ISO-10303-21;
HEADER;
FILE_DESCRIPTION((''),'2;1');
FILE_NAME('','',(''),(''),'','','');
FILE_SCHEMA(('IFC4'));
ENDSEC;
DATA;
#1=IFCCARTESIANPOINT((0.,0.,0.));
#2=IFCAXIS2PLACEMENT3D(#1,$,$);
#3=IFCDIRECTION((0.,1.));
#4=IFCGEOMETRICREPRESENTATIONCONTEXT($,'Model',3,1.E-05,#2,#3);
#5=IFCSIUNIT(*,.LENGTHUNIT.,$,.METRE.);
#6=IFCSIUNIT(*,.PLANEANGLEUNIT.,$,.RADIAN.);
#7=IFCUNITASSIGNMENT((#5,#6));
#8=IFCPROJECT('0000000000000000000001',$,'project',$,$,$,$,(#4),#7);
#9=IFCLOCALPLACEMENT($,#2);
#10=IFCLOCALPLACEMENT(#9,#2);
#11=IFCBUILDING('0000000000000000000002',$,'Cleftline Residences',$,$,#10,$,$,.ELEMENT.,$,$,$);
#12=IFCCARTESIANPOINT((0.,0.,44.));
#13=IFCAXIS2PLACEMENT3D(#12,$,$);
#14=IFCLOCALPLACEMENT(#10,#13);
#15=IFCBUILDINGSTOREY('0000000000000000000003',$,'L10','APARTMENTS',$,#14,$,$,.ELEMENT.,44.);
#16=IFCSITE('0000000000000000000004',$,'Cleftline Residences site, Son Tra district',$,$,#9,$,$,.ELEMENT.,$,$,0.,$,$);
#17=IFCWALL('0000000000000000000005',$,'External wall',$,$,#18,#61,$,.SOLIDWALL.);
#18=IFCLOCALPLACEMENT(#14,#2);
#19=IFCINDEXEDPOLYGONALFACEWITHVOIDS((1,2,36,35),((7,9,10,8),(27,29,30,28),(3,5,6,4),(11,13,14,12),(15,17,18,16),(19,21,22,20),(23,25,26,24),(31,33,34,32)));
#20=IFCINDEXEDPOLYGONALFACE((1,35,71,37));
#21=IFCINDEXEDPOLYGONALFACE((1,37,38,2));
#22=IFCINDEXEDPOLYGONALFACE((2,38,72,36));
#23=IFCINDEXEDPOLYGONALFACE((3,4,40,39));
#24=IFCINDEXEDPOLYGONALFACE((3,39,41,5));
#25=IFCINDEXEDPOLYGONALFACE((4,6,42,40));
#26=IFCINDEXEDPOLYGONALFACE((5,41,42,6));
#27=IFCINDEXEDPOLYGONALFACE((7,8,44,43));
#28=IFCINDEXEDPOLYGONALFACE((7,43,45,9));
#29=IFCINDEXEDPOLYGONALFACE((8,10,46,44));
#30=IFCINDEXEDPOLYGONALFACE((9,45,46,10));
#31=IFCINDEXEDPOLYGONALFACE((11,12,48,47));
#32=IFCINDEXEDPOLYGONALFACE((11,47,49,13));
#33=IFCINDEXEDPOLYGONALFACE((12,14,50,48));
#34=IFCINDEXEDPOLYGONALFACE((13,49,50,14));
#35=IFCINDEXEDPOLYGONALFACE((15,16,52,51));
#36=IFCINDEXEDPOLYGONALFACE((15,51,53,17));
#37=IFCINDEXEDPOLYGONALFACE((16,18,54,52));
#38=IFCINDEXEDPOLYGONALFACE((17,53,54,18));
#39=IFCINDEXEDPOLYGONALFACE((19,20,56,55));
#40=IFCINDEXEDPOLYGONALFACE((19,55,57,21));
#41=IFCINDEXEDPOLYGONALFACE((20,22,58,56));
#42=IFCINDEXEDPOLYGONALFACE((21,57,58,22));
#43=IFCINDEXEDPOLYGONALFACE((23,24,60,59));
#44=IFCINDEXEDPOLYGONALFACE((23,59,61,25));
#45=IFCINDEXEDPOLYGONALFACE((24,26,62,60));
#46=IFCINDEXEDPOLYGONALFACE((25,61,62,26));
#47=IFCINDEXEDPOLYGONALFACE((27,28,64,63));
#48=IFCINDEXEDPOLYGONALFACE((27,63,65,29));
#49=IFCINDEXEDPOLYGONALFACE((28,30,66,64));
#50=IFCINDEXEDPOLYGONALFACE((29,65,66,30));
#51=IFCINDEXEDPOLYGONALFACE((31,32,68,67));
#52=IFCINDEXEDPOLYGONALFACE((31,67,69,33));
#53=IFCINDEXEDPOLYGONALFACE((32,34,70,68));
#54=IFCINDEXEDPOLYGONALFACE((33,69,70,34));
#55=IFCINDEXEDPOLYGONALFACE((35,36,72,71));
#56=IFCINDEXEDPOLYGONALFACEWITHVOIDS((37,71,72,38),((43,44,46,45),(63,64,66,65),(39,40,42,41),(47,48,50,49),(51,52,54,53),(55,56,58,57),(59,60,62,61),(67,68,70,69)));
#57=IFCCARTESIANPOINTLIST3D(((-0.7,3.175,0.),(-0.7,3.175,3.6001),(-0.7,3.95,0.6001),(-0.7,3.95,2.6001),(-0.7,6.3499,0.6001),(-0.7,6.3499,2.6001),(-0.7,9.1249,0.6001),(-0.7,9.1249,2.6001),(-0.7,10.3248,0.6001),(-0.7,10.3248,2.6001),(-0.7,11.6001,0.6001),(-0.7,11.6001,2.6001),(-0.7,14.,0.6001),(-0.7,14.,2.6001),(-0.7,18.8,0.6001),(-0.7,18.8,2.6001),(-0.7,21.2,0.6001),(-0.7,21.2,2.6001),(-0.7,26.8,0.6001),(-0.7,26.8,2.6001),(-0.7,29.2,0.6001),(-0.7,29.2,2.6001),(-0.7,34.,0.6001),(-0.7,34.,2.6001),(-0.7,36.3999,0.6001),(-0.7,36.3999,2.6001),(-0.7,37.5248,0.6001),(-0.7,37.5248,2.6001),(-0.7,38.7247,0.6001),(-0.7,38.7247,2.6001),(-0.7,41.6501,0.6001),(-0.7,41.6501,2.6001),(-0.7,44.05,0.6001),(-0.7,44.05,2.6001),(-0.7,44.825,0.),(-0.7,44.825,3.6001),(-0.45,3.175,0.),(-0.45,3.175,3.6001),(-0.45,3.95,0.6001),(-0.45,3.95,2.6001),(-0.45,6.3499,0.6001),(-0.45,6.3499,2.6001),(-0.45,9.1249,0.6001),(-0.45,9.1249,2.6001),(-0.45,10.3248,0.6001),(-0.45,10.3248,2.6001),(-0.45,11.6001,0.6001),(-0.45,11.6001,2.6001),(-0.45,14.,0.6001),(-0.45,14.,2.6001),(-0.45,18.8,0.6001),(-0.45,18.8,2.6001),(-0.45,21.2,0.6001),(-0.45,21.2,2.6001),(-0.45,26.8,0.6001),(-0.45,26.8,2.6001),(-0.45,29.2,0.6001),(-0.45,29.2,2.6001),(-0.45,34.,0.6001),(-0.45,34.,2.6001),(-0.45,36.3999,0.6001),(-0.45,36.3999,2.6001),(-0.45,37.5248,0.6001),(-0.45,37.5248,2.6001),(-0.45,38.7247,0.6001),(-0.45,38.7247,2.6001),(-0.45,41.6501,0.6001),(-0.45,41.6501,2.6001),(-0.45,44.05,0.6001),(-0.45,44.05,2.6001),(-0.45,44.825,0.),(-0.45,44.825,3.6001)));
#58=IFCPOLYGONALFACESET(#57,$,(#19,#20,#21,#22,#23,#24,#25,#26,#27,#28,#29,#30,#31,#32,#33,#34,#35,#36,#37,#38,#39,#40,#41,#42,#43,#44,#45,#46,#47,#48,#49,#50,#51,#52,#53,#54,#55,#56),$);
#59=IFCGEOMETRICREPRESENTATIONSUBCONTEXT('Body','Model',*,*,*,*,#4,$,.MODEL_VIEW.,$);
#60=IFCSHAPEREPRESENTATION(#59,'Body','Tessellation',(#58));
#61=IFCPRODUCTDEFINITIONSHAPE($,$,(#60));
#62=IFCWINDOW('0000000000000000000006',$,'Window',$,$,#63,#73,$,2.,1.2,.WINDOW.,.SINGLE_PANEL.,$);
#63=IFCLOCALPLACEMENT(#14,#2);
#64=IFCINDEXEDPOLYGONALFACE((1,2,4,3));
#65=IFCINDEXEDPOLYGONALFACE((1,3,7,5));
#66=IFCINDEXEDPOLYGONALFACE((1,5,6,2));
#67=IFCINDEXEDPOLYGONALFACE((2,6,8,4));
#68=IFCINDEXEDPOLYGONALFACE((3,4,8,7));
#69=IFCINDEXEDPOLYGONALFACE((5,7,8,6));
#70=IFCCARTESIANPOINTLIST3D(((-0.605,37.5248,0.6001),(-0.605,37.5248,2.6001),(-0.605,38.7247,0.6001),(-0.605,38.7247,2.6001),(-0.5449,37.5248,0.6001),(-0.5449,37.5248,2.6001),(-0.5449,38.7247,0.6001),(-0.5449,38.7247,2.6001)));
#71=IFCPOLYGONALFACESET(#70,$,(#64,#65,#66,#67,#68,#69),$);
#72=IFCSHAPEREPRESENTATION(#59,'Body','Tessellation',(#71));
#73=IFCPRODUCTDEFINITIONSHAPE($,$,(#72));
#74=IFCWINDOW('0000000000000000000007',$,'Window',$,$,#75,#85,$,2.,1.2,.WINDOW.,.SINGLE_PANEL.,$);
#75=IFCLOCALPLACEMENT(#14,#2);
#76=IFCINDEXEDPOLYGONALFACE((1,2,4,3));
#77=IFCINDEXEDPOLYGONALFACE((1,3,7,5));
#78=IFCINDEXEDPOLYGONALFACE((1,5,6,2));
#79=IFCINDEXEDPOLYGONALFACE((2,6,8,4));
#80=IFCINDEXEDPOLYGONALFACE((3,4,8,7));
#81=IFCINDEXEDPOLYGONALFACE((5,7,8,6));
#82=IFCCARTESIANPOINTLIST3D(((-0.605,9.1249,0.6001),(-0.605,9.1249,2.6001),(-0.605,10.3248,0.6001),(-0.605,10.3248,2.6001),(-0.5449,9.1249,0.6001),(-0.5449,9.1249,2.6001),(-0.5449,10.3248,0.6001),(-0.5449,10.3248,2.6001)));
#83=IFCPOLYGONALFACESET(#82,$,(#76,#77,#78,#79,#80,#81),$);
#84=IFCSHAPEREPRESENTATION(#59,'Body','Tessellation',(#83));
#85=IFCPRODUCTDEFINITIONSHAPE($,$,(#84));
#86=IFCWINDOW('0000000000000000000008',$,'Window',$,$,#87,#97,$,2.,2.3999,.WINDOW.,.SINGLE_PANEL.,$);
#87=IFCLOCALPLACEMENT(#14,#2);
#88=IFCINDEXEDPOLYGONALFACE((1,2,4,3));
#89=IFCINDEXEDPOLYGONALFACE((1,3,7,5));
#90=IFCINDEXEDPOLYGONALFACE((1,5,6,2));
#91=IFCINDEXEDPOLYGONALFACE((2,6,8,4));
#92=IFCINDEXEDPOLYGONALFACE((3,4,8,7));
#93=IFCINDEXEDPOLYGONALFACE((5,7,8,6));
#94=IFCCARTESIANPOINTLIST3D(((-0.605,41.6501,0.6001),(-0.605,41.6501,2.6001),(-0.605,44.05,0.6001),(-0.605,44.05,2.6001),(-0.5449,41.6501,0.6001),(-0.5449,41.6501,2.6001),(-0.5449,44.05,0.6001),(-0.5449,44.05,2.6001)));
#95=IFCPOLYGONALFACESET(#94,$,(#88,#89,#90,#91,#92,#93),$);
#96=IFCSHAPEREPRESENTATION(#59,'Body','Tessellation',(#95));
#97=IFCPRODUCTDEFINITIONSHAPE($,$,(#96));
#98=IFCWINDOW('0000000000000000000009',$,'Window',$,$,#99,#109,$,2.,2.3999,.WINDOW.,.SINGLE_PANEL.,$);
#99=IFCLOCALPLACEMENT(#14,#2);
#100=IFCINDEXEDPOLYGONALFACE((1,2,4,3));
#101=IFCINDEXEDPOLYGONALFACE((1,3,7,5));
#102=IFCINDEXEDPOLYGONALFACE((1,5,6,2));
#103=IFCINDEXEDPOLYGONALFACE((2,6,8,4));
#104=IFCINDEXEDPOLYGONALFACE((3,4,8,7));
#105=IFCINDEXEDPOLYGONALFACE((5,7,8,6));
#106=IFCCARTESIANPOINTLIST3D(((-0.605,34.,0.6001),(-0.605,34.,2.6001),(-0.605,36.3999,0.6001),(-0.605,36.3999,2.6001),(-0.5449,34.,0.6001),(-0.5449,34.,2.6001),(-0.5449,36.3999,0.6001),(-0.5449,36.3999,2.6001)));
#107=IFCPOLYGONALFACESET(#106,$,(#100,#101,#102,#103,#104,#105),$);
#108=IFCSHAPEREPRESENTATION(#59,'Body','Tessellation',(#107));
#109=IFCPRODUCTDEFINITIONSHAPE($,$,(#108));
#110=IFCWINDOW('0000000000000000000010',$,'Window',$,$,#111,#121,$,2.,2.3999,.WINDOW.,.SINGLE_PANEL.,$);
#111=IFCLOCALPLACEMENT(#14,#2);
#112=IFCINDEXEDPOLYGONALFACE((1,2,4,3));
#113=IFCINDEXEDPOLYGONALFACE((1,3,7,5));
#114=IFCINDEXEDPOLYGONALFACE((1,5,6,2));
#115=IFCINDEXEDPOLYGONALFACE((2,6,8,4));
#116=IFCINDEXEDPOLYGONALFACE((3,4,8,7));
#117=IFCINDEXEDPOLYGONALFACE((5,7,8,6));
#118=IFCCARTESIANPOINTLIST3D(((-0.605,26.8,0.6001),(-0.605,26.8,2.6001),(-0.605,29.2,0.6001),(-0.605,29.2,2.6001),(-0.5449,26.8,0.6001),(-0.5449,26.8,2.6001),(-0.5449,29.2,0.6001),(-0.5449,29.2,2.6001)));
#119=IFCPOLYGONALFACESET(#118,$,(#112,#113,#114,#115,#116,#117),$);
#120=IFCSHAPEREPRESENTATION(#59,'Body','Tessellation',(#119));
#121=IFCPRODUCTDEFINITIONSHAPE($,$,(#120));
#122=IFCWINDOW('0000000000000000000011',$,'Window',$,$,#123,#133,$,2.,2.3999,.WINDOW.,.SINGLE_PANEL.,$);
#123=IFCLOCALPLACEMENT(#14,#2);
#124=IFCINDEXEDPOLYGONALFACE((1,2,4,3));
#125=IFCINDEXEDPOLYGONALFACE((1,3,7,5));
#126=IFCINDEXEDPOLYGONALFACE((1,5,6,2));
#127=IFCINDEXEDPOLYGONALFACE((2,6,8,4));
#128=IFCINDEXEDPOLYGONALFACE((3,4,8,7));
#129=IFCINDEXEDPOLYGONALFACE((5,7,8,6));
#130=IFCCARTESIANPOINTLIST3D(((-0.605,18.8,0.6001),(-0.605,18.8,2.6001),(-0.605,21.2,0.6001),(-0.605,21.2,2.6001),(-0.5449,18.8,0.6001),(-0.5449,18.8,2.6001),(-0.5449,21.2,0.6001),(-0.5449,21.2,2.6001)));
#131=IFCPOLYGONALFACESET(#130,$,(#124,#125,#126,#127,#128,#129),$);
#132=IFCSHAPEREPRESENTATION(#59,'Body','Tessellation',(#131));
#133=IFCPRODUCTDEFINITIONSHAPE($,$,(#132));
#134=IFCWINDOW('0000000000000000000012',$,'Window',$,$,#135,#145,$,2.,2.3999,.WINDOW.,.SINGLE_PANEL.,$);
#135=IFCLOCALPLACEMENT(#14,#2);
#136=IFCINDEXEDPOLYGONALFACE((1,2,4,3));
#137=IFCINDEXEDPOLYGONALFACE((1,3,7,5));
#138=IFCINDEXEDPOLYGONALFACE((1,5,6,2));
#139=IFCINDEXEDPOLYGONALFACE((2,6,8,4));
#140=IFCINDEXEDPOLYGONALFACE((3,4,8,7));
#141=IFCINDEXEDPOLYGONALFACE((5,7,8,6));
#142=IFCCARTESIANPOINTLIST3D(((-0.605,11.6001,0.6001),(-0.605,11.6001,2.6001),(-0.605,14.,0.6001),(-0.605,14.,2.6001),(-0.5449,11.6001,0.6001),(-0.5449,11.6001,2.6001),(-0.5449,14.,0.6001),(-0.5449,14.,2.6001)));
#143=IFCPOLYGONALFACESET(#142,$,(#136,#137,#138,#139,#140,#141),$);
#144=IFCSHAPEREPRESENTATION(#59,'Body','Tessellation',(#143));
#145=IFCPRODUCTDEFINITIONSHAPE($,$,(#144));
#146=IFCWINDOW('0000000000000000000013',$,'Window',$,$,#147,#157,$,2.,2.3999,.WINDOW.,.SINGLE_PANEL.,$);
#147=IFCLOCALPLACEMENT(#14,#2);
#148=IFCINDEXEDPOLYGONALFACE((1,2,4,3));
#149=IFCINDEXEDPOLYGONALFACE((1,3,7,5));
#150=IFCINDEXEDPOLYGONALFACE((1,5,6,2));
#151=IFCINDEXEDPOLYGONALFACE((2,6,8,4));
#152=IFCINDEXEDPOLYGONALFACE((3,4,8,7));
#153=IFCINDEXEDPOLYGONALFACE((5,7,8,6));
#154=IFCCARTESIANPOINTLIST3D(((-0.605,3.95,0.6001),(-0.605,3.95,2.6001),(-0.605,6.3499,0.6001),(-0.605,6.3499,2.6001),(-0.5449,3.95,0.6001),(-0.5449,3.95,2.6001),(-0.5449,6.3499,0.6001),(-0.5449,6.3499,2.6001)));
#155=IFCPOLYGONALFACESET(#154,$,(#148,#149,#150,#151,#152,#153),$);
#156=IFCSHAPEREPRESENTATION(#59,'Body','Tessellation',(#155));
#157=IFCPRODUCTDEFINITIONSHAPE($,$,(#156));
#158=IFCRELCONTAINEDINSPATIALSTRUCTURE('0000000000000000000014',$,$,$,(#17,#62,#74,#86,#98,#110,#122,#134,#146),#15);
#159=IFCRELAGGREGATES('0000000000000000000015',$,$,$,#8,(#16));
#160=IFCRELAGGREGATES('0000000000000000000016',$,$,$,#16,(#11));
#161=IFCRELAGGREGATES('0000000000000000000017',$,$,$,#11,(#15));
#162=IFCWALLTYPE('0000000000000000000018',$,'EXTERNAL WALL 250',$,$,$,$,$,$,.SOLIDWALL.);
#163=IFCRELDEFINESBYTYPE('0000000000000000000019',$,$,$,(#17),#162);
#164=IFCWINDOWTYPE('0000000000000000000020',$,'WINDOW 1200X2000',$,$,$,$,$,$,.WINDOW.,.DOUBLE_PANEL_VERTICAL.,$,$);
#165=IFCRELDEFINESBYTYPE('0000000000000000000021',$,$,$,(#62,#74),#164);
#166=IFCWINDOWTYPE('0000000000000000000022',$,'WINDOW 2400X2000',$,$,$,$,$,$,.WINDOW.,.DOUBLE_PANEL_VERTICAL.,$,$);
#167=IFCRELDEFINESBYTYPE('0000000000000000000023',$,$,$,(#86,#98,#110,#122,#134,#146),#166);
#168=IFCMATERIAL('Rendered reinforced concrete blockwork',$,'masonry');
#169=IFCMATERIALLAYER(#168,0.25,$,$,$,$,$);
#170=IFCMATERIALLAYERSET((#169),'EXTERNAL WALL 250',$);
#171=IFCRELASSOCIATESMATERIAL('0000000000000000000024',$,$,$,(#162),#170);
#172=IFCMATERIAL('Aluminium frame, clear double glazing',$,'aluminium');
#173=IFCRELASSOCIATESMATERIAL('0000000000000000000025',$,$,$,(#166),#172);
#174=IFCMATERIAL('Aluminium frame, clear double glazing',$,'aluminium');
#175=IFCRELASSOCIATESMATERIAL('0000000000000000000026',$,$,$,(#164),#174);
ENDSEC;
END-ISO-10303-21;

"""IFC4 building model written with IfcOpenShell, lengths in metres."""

from ifc_helpers import new_model, si_unit, direction, frame, frame_2d, origin, place, context, subcontext, project, spatial, rectangle, extrude, material, layer, layer_set, type_object, element, fill, save


model = new_model("IFC4")

# Units and contexts
model_context = context("Model", 3, precision=1e-05, world=origin(), true_north=direction((0.0, 1.0)))
body_context = subcontext(model_context, "Body", "Model", "MODEL_VIEW")
ifc_project = project(units=[si_unit("LENGTHUNIT", "METRE"), si_unit("PLANEANGLEUNIT", "RADIAN")], contexts=[model_context])

# Site, building, storey
site_placement = place(None, origin())
site = spatial("IfcSite", under=ifc_project, at=site_placement, Name="Cleftline Residences site, Son Tra district", CompositionType="ELEMENT", RefElevation=0.0)
building_placement = place(site_placement, origin())
building = spatial("IfcBuilding", under=site, at=building_placement, Name="Cleftline Residences", CompositionType="ELEMENT")
storey_placement = place(building_placement, frame((0.0, 0.0, 44.0)))
storey = spatial("IfcBuildingStorey", under=building, at=storey_placement, Name="L10", Description="APARTMENTS", CompositionType="ELEMENT", Elevation=44.0)

# Shared definitions
ifc_material_1 = material(Name="Rendered reinforced concrete blockwork", Category="masonry")
ifc_layer_1 = layer(ifc_material_1, 0.25)
ifc_layer_set_1 = layer_set([ifc_layer_1], Name="EXTERNAL WALL 250")
wall_type_1 = type_object("IfcWallType", Name="EXTERNAL WALL 250", PredefinedType="SOLIDWALL", material=ifc_layer_set_1)
ifc_material_2 = material(Name="Aluminium frame, clear double glazing", Category="aluminium")
window_type_1 = type_object("IfcWindowType", Name="WINDOW 2400X2000", PartitioningType="DOUBLE_PANEL_VERTICAL", PredefinedType="WINDOW", material=ifc_material_2)

# Wall, openings, windows
wall_1_placement = place(storey_placement, frame((-0.575, 44.825, 0.0), z_axis=(0.0, 0.0, 1.0), x_axis=(0.0, -1.0, 0.0)))
wall_1 = element("IfcWall", 1, at=wall_1_placement, inside=storey, type_object=wall_type_1, Name="External wall", PredefinedType="SOLIDWALL", context=body_context, shape_type="SweptSolid", body=[
    extrude(rectangle(XDim=41.6499, YDim=0.25, at=frame_2d((20.825, 0.0))), origin(), (0.0, 0.0, 1.0), 3.6001),
])
opening_1_placement = place(wall_1_placement, frame((0.7749, 0.0, 0.6001)))
opening_1 = element("IfcOpeningElement", 2, at=opening_1_placement, cuts=wall_1, PredefinedType="OPENING", context=body_context, shape_type="SweptSolid", body=[
    extrude(rectangle(XDim=2.3999, YDim=2.0, at=frame_2d((1.2, 1.0))), frame((0.0, 0.135, 0.0), z_axis=(0.0, -1.0, 0.0), x_axis=(1.0, 0.0, 0.0)), (0.0, 0.0, 1.0), 0.27),
])
opening_2_placement = place(wall_1_placement, frame((6.1001, 0.0, 0.6001)))
opening_2 = element("IfcOpeningElement", 3, at=opening_2_placement, cuts=wall_1, PredefinedType="OPENING", context=body_context, shape_type="SweptSolid", body=[
    extrude(rectangle(XDim=1.2, YDim=2.0, at=frame_2d((0.6001, 1.0))), frame((0.0, 0.135, 0.0), z_axis=(0.0, -1.0, 0.0), x_axis=(1.0, 0.0, 0.0)), (0.0, 0.0, 1.0), 0.27),
])
opening_3_placement = place(wall_1_placement, frame((8.425, 0.0, 0.6001)))
opening_3 = element("IfcOpeningElement", 4, at=opening_3_placement, cuts=wall_1, PredefinedType="OPENING", context=body_context, shape_type="SweptSolid", body=[
    extrude(rectangle(XDim=2.3999, YDim=2.0, at=frame_2d((1.2, 1.0))), frame((0.0, 0.135, 0.0), z_axis=(0.0, -1.0, 0.0), x_axis=(1.0, 0.0, 0.0)), (0.0, 0.0, 1.0), 0.27),
])
opening_4_placement = place(wall_1_placement, frame((15.625, 0.0, 0.6001)))
opening_4 = element("IfcOpeningElement", 5, at=opening_4_placement, cuts=wall_1, PredefinedType="OPENING", context=body_context, shape_type="SweptSolid", body=[
    extrude(rectangle(XDim=2.3999, YDim=2.0, at=frame_2d((1.2, 1.0))), frame((0.0, 0.135, 0.0), z_axis=(0.0, -1.0, 0.0), x_axis=(1.0, 0.0, 0.0)), (0.0, 0.0, 1.0), 0.27),
])
opening_5_placement = place(wall_1_placement, frame((23.625, 0.0, 0.6001)))
opening_5 = element("IfcOpeningElement", 6, at=opening_5_placement, cuts=wall_1, PredefinedType="OPENING", context=body_context, shape_type="SweptSolid", body=[
    extrude(rectangle(XDim=2.3999, YDim=2.0, at=frame_2d((1.2, 1.0))), frame((0.0, 0.135, 0.0), z_axis=(0.0, -1.0, 0.0), x_axis=(1.0, 0.0, 0.0)), (0.0, 0.0, 1.0), 0.27),
])
opening_6_placement = place(wall_1_placement, frame((30.825, 0.0, 0.6001)))
opening_6 = element("IfcOpeningElement", 7, at=opening_6_placement, cuts=wall_1, PredefinedType="OPENING", context=body_context, shape_type="SweptSolid", body=[
    extrude(rectangle(XDim=2.3999, YDim=2.0, at=frame_2d((1.2, 1.0))), frame((0.0, 0.135, 0.0), z_axis=(0.0, -1.0, 0.0), x_axis=(1.0, 0.0, 0.0)), (0.0, 0.0, 1.0), 0.27),
])
opening_7_placement = place(wall_1_placement, frame((34.5, 0.0, 0.6001)))
opening_7 = element("IfcOpeningElement", 8, at=opening_7_placement, cuts=wall_1, PredefinedType="OPENING", context=body_context, shape_type="SweptSolid", body=[
    extrude(rectangle(XDim=1.2, YDim=2.0, at=frame_2d((0.6001, 1.0))), frame((0.0, 0.135, 0.0), z_axis=(0.0, -1.0, 0.0), x_axis=(1.0, 0.0, 0.0)), (0.0, 0.0, 1.0), 0.27),
])
opening_8_placement = place(wall_1_placement, frame((38.4751, 0.0, 0.6001)))
opening_8 = element("IfcOpeningElement", 9, at=opening_8_placement, cuts=wall_1, PredefinedType="OPENING", context=body_context, shape_type="SweptSolid", body=[
    extrude(rectangle(XDim=2.3999, YDim=2.0, at=frame_2d((1.2, 1.0))), frame((0.0, 0.135, 0.0), z_axis=(0.0, -1.0, 0.0), x_axis=(1.0, 0.0, 0.0)), (0.0, 0.0, 1.0), 0.27),
])
ifc_material_3 = material(Name="Aluminium frame, clear double glazing", Category="aluminium")
window_type_2 = type_object("IfcWindowType", Name="WINDOW 1200X2000", PartitioningType="DOUBLE_PANEL_VERTICAL", PredefinedType="WINDOW", material=ifc_material_3)
window_1_placement = place(opening_2_placement, origin())
window_1 = element("IfcWindow", 10, at=window_1_placement, inside=storey, type_object=window_type_2, Name="Window", OverallHeight=2.0, OverallWidth=1.2, PartitioningType="SINGLE_PANEL", PredefinedType="WINDOW", context=body_context, shape_type="SweptSolid", body=[
    extrude(rectangle(XDim=1.2, YDim=2.0, at=frame_2d((0.6001, 1.0))), frame((0.0, 0.03, 0.0), z_axis=(0.0, -1.0, 0.0), x_axis=(1.0, 0.0, 0.0)), (0.0, 0.0, 1.0), 0.0601),
])
fill(opening_2, window_1)
window_2_placement = place(opening_7_placement, origin())
window_2 = element("IfcWindow", 11, at=window_2_placement, inside=storey, type_object=window_type_2, Name="Window", OverallHeight=2.0, OverallWidth=1.2, PartitioningType="SINGLE_PANEL", PredefinedType="WINDOW", context=body_context, shape_type="SweptSolid", body=[
    extrude(rectangle(XDim=1.2, YDim=2.0, at=frame_2d((0.6001, 1.0))), frame((0.0, 0.03, 0.0), z_axis=(0.0, -1.0, 0.0), x_axis=(1.0, 0.0, 0.0)), (0.0, 0.0, 1.0), 0.0601),
])
fill(opening_7, window_2)
window_3_placement = place(opening_1_placement, origin())
window_3 = element("IfcWindow", 12, at=window_3_placement, inside=storey, type_object=window_type_1, Name="Window", OverallHeight=2.0, OverallWidth=2.3999, PartitioningType="SINGLE_PANEL", PredefinedType="WINDOW", context=body_context, shape_type="SweptSolid", body=[
    extrude(rectangle(XDim=2.3999, YDim=2.0, at=frame_2d((1.2, 1.0))), frame((0.0, 0.03, 0.0), z_axis=(0.0, -1.0, 0.0), x_axis=(1.0, 0.0, 0.0)), (0.0, 0.0, 1.0), 0.0601),
])
fill(opening_1, window_3)
window_4_placement = place(opening_3_placement, origin())
window_4 = element("IfcWindow", 13, at=window_4_placement, inside=storey, type_object=window_type_1, Name="Window", OverallHeight=2.0, OverallWidth=2.3999, PartitioningType="SINGLE_PANEL", PredefinedType="WINDOW", context=body_context, shape_type="SweptSolid", body=[
    extrude(rectangle(XDim=2.3999, YDim=2.0, at=frame_2d((1.2, 1.0))), frame((0.0, 0.03, 0.0), z_axis=(0.0, -1.0, 0.0), x_axis=(1.0, 0.0, 0.0)), (0.0, 0.0, 1.0), 0.0601),
])
fill(opening_3, window_4)
window_5_placement = place(opening_4_placement, origin())
window_5 = element("IfcWindow", 14, at=window_5_placement, inside=storey, type_object=window_type_1, Name="Window", OverallHeight=2.0, OverallWidth=2.3999, PartitioningType="SINGLE_PANEL", PredefinedType="WINDOW", context=body_context, shape_type="SweptSolid", body=[
    extrude(rectangle(XDim=2.3999, YDim=2.0, at=frame_2d((1.2, 1.0))), frame((0.0, 0.03, 0.0), z_axis=(0.0, -1.0, 0.0), x_axis=(1.0, 0.0, 0.0)), (0.0, 0.0, 1.0), 0.0601),
])
fill(opening_4, window_5)
window_6_placement = place(opening_5_placement, origin())
window_6 = element("IfcWindow", 15, at=window_6_placement, inside=storey, type_object=window_type_1, Name="Window", OverallHeight=2.0, OverallWidth=2.3999, PartitioningType="SINGLE_PANEL", PredefinedType="WINDOW", context=body_context, shape_type="SweptSolid", body=[
    extrude(rectangle(XDim=2.3999, YDim=2.0, at=frame_2d((1.2, 1.0))), frame((0.0, 0.03, 0.0), z_axis=(0.0, -1.0, 0.0), x_axis=(1.0, 0.0, 0.0)), (0.0, 0.0, 1.0), 0.0601),
])
fill(opening_5, window_6)
window_7_placement = place(opening_6_placement, origin())
window_7 = element("IfcWindow", 16, at=window_7_placement, inside=storey, type_object=window_type_1, Name="Window", OverallHeight=2.0, OverallWidth=2.3999, PartitioningType="SINGLE_PANEL", PredefinedType="WINDOW", context=body_context, shape_type="SweptSolid", body=[
    extrude(rectangle(XDim=2.3999, YDim=2.0, at=frame_2d((1.2, 1.0))), frame((0.0, 0.03, 0.0), z_axis=(0.0, -1.0, 0.0), x_axis=(1.0, 0.0, 0.0)), (0.0, 0.0, 1.0), 0.0601),
])
fill(opening_6, window_7)
window_8_placement = place(opening_8_placement, origin())
window_8 = element("IfcWindow", 17, at=window_8_placement, inside=storey, type_object=window_type_1, Name="Window", OverallHeight=2.0, OverallWidth=2.3999, PartitioningType="SINGLE_PANEL", PredefinedType="WINDOW", context=body_context, shape_type="SweptSolid", body=[
    extrude(rectangle(XDim=2.3999, YDim=2.0, at=frame_2d((1.2, 1.0))), frame((0.0, 0.03, 0.0), z_axis=(0.0, -1.0, 0.0), x_axis=(1.0, 0.0, 0.0)), (0.0, 0.0, 1.0), 0.0601),
])
fill(opening_8, window_8)

save(model, "model.ifc")
